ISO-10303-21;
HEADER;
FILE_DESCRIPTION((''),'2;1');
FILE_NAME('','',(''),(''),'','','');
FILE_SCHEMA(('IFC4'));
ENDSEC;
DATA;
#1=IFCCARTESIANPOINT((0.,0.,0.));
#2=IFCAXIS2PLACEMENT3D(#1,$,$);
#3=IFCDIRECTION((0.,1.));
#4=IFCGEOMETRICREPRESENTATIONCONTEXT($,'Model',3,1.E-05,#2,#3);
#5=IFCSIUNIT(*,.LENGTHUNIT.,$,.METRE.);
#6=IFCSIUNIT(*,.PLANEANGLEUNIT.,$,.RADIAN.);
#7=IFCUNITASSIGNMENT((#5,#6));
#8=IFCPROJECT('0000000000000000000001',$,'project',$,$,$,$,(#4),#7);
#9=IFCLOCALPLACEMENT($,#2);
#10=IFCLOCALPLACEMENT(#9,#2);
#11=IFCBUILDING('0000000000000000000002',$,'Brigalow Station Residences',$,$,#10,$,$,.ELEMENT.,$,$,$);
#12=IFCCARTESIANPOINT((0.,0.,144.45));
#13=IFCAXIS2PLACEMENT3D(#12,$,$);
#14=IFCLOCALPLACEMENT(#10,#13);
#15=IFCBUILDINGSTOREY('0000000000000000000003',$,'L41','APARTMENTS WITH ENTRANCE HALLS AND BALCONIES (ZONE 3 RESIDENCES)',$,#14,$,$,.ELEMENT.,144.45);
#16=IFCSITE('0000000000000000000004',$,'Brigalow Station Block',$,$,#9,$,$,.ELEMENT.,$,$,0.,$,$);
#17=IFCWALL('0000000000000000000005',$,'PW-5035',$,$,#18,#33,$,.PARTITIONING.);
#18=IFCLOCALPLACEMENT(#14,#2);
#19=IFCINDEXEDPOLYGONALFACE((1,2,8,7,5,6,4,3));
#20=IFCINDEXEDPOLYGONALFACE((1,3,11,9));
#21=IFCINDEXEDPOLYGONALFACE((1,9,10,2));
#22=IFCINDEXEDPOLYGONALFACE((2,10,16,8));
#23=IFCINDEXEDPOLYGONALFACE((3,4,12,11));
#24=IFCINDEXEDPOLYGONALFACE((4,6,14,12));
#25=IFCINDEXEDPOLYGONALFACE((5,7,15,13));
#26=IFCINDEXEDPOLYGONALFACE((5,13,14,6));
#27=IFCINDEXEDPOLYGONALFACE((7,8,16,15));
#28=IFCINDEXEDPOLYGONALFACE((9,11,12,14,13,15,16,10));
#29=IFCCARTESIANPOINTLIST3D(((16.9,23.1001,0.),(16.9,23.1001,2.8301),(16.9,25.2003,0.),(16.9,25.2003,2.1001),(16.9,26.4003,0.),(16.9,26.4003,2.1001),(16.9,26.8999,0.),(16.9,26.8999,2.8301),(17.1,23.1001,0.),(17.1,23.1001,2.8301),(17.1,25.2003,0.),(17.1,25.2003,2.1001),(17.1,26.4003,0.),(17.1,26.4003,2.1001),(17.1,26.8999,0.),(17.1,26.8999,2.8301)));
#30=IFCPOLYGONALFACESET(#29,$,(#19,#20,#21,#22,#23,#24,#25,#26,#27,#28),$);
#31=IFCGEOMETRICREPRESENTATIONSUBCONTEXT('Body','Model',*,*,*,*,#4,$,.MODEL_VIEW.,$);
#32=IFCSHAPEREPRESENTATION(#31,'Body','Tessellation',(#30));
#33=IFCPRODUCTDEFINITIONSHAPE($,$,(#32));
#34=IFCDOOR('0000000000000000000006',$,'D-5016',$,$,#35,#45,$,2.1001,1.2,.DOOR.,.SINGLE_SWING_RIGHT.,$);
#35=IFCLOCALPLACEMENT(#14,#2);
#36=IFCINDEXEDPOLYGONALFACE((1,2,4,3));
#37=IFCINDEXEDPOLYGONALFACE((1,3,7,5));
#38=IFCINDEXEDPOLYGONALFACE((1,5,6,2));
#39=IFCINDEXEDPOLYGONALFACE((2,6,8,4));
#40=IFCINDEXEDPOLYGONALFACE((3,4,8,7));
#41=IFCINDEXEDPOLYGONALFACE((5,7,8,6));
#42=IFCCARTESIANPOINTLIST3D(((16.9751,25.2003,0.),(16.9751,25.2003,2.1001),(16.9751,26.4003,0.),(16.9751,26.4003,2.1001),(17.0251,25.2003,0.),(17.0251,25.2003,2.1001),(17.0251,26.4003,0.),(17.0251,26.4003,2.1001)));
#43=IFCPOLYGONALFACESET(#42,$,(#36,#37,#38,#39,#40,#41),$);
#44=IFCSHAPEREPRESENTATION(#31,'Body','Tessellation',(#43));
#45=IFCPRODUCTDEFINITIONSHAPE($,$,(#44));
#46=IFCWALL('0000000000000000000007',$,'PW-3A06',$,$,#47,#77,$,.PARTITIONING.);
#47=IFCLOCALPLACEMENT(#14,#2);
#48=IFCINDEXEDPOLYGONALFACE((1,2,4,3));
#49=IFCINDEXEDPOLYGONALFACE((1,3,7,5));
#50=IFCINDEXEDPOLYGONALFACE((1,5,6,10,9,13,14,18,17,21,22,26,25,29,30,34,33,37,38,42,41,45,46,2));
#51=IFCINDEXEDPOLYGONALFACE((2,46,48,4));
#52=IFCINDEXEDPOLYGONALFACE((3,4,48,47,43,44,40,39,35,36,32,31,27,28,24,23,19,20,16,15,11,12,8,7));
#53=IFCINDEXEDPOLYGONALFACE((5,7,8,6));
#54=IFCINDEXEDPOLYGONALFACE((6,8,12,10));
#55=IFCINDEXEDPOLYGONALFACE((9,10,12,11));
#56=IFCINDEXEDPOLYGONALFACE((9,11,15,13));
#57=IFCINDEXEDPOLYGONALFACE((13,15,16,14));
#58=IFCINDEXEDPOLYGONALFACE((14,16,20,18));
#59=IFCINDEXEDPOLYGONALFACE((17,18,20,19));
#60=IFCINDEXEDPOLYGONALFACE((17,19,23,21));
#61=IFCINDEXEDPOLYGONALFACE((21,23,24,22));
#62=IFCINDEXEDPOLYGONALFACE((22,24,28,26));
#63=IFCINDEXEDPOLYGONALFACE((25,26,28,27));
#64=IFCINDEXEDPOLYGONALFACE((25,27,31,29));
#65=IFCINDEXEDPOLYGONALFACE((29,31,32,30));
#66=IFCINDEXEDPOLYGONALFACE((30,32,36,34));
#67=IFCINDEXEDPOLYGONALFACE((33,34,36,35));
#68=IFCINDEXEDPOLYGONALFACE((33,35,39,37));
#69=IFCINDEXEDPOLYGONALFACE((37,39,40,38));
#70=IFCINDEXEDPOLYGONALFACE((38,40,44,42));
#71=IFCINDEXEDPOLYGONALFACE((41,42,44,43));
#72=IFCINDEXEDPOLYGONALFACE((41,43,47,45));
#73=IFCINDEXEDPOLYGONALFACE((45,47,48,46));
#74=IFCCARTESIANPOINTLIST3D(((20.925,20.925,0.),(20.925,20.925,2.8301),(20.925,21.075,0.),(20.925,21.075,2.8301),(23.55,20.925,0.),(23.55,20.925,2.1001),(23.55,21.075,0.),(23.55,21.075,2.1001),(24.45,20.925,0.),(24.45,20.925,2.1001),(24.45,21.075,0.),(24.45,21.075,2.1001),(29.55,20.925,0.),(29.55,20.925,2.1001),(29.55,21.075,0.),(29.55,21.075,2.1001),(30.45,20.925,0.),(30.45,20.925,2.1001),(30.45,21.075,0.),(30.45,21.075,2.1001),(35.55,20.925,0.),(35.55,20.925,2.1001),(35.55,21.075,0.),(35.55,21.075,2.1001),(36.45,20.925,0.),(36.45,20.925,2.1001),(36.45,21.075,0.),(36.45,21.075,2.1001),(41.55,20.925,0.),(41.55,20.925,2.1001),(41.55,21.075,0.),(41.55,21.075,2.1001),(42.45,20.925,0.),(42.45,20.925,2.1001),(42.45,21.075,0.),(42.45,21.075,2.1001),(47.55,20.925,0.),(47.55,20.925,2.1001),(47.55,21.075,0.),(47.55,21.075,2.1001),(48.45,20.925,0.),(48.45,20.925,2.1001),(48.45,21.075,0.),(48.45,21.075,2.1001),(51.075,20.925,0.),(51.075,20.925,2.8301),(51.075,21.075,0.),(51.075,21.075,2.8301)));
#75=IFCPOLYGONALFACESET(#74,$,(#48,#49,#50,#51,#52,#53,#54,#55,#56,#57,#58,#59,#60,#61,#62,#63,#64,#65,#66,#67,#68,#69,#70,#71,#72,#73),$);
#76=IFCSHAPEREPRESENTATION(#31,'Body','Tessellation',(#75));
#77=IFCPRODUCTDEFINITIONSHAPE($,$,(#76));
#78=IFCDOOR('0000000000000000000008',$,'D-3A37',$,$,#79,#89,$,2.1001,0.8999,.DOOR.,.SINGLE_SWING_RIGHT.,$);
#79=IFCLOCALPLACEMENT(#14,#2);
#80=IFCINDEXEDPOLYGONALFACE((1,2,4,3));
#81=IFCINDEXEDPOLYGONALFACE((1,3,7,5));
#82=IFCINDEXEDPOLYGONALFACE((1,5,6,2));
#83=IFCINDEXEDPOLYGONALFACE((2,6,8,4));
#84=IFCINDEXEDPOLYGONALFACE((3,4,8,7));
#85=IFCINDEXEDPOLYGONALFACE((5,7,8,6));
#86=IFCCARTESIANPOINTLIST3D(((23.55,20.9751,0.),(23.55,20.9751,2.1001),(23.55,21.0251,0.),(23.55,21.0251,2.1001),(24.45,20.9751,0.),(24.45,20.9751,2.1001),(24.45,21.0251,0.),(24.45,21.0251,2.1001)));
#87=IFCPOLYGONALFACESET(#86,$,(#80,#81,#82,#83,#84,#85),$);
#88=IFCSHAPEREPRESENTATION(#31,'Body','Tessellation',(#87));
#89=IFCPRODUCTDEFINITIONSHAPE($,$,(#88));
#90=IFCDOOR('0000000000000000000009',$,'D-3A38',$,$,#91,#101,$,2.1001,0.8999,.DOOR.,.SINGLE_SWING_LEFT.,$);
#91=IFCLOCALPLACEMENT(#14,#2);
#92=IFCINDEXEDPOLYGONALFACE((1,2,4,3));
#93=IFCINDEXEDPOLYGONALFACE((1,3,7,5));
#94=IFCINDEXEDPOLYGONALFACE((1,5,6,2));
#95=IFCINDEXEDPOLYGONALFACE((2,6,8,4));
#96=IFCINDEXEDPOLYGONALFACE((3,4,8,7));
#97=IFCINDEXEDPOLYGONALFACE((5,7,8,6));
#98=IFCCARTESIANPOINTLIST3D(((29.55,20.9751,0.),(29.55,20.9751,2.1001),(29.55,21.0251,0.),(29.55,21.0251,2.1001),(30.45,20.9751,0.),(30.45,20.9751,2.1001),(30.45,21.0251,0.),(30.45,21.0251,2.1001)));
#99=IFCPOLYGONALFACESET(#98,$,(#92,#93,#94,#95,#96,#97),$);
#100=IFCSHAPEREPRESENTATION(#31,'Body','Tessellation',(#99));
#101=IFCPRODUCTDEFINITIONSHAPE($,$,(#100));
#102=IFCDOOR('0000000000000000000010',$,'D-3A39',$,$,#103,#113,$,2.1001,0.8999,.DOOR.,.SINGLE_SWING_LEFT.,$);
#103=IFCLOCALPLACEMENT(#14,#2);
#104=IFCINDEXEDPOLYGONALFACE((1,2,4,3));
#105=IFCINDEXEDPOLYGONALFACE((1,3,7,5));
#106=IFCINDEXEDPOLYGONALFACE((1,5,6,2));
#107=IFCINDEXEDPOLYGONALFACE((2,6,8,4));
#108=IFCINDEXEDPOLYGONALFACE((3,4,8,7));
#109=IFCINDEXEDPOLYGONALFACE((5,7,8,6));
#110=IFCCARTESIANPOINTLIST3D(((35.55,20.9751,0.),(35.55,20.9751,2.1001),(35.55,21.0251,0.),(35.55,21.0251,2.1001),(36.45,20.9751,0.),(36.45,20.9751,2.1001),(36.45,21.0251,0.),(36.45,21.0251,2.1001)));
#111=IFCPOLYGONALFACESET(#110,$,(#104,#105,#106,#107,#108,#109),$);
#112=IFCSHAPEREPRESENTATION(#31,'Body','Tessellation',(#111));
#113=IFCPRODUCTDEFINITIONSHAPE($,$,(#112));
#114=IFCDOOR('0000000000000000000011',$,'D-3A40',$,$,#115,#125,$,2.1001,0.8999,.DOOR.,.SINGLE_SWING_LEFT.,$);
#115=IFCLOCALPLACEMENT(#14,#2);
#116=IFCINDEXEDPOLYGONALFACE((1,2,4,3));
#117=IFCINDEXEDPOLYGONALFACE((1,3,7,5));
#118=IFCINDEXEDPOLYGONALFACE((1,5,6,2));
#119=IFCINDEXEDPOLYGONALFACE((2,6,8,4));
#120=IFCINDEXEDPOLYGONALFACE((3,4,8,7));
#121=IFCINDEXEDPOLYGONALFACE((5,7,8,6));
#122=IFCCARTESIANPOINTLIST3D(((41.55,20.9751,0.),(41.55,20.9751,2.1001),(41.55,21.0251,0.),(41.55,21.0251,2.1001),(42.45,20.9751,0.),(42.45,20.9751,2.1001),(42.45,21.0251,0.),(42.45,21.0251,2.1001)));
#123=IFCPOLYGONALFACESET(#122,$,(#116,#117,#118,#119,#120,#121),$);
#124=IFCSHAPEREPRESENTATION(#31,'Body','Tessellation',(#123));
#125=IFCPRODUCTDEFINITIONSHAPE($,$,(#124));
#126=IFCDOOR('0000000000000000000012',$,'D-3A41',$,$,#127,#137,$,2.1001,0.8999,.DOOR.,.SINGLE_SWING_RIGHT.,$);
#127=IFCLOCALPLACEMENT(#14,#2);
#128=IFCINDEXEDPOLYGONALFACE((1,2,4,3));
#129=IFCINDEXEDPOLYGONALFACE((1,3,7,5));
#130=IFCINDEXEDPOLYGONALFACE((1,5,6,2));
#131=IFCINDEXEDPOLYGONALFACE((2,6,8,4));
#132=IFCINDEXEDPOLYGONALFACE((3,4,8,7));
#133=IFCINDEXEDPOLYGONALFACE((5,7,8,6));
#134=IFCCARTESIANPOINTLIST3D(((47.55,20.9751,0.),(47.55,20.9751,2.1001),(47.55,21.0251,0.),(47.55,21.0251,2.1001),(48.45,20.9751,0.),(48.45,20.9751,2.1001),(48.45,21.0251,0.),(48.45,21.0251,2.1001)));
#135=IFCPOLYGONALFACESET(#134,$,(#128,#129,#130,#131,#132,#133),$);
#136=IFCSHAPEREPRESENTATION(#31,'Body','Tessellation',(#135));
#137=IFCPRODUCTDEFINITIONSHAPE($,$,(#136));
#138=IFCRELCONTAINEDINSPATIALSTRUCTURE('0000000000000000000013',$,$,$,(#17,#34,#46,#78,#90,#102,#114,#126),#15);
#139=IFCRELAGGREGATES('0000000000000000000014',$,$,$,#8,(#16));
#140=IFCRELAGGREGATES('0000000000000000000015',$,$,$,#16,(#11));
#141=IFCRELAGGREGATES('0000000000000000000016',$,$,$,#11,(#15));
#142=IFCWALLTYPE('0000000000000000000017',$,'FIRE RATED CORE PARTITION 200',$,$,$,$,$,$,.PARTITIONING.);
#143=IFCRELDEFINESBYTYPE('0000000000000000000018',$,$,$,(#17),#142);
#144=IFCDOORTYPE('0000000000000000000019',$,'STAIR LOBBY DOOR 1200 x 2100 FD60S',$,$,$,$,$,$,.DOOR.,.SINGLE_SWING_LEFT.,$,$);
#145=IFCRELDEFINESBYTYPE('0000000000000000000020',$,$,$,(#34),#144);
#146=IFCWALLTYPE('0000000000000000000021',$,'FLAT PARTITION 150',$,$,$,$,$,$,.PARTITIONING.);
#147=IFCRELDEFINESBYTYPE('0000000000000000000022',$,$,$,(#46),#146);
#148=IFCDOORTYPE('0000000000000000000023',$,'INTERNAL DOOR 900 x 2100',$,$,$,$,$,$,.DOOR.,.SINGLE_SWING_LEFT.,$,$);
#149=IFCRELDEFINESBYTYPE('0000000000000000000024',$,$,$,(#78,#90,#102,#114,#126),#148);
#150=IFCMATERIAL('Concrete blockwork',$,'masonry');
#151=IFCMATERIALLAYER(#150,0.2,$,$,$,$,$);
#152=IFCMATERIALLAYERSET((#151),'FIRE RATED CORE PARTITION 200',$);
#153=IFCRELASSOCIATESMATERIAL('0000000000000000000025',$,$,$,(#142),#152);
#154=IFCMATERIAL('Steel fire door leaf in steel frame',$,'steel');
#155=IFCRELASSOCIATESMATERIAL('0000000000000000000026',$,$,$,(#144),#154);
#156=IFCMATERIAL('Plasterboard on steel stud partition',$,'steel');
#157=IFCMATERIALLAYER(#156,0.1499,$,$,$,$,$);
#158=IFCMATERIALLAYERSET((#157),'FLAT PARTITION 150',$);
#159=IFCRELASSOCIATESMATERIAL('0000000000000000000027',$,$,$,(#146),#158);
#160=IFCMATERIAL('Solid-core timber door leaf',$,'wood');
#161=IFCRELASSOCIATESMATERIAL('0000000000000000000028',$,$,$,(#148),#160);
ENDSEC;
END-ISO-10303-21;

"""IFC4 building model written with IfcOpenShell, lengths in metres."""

from ifc_helpers import new_model, si_unit, direction, frame, frame_2d, origin, place, context, subcontext, project, spatial, rectangle, extrude, material, layer, layer_set, type_object, element, fill, save


model = new_model("IFC4")

# Units and contexts
model_context = context("Model", 3, precision=1e-05, world=origin(), true_north=direction((0.0, 1.0)))
body_context = subcontext(model_context, "Body", "Model", "MODEL_VIEW")
ifc_project = project(units=[si_unit("LENGTHUNIT", "METRE"), si_unit("PLANEANGLEUNIT", "RADIAN")], contexts=[model_context])

# Site, building, storey
site_placement = place(None, origin())
site = spatial("IfcSite", under=ifc_project, at=site_placement, Name="Brigalow Station Block", CompositionType="ELEMENT", RefElevation=0.0)
building_placement = place(site_placement, origin())
building = spatial("IfcBuilding", under=site, at=building_placement, Name="Brigalow Station Residences", CompositionType="ELEMENT")
storey_placement = place(building_placement, frame((0.0, 0.0, 144.45)))
storey = spatial("IfcBuildingStorey", under=building, at=storey_placement, Name="L41", Description="APARTMENTS WITH ENTRANCE HALLS AND BALCONIES (ZONE 3 RESIDENCES)", CompositionType="ELEMENT", Elevation=144.45)

# Shared definitions
ifc_material_1 = material(Name="Concrete blockwork", Category="masonry")
ifc_layer_1 = layer(ifc_material_1, 0.2)
ifc_layer_set_1 = layer_set([ifc_layer_1], Name="FIRE RATED CORE PARTITION 200")
wall_type_1 = type_object("IfcWallType", Name="FIRE RATED CORE PARTITION 200", PredefinedType="PARTITIONING", material=ifc_layer_set_1)

# Wall, opening, door
wall_1_placement = place(storey_placement, frame((17.0, 23.1001, 0.0), z_axis=(0.0, 0.0, 1.0), x_axis=(0.0, 1.0, 0.0)))
wall_1 = element("IfcWall", 1, at=wall_1_placement, inside=storey, type_object=wall_type_1, Name="PW-5035", PredefinedType="PARTITIONING", context=body_context, shape_type="SweptSolid", body=[
    extrude(rectangle(XDim=3.7998, YDim=0.2, at=frame_2d((1.8999, 0.0))), origin(), (0.0, 0.0, 1.0), 2.8301),
])
opening_1_placement = place(wall_1_placement, frame((2.1001, 0.0, 0.0)))
opening_1 = element("IfcOpeningElement", 2, at=opening_1_placement, cuts=wall_1, PredefinedType="OPENING", context=body_context, shape_type="SweptSolid", body=[
    extrude(rectangle(XDim=1.2, YDim=2.1001, at=frame_2d((0.6001, 1.05))), frame((0.0, 0.1099, 0.0), z_axis=(0.0, -1.0, 0.0), x_axis=(1.0, 0.0, 0.0)), (0.0, 0.0, 1.0), 0.22),
])
ifc_material_2 = material(Name="Steel fire door leaf in steel frame", Category="steel")
door_type_1 = type_object("IfcDoorType", Name="STAIR LOBBY DOOR 1200 x 2100 FD60S", OperationType="SINGLE_SWING_LEFT", PredefinedType="DOOR", material=ifc_material_2)
door_1_placement = place(opening_1_placement, origin())
door_1 = element("IfcDoor", 3, at=door_1_placement, inside=storey, type_object=door_type_1, Name="D-5016", OperationType="SINGLE_SWING_RIGHT", OverallHeight=2.1001, OverallWidth=1.2, PredefinedType="DOOR", context=body_context, shape_type="SweptSolid", body=[
    extrude(rectangle(XDim=1.2, YDim=2.1001, at=frame_2d((0.6001, 1.05))), frame((0.0, 0.0249, 0.0), z_axis=(0.0, -1.0, 0.0), x_axis=(1.0, 0.0, 0.0)), (0.0, 0.0, 1.0), 0.05),
])
fill(opening_1, door_1)

# Wall, openings, doors
ifc_material_3 = material(Name="Plasterboard on steel stud partition", Category="steel")
ifc_layer_2 = layer(ifc_material_3, 0.1499)
ifc_layer_set_2 = layer_set([ifc_layer_2], Name="FLAT PARTITION 150")
wall_type_2 = type_object("IfcWallType", Name="FLAT PARTITION 150", PredefinedType="PARTITIONING", material=ifc_layer_set_2)
wall_2_placement = place(storey_placement, frame((20.925, 21.0, 0.0), z_axis=(0.0, 0.0, 1.0), x_axis=(1.0, 0.0, 0.0)))
wall_2 = element("IfcWall", 4, at=wall_2_placement, inside=storey, type_object=wall_type_2, Name="PW-3A06", PredefinedType="PARTITIONING", context=body_context, shape_type="SweptSolid", body=[
    extrude(rectangle(XDim=30.1499, YDim=0.1499, at=frame_2d((15.075, 0.0))), origin(), (0.0, 0.0, 1.0), 2.8301),
])
opening_2_placement = place(wall_2_placement, frame((2.625, 0.0, 0.0)))
opening_2 = element("IfcOpeningElement", 5, at=opening_2_placement, cuts=wall_2, PredefinedType="OPENING", context=body_context, shape_type="SweptSolid", body=[
    extrude(rectangle(XDim=0.8999, YDim=2.1001, at=frame_2d((0.45, 1.05))), frame((0.0, 0.085, 0.0), z_axis=(0.0, -1.0, 0.0), x_axis=(1.0, 0.0, 0.0)), (0.0, 0.0, 1.0), 0.1699),
])
opening_3_placement = place(wall_2_placement, frame((8.625, 0.0, 0.0)))
opening_3 = element("IfcOpeningElement", 6, at=opening_3_placement, cuts=wall_2, PredefinedType="OPENING", context=body_context, shape_type="SweptSolid", body=[
    extrude(rectangle(XDim=0.8999, YDim=2.1001, at=frame_2d((0.45, 1.05))), frame((0.0, 0.085, 0.0), z_axis=(0.0, -1.0, 0.0), x_axis=(1.0, 0.0, 0.0)), (0.0, 0.0, 1.0), 0.1699),
])
opening_4_placement = place(wall_2_placement, frame((14.625, 0.0, 0.0)))
opening_4 = element("IfcOpeningElement", 7, at=opening_4_placement, cuts=wall_2, PredefinedType="OPENING", context=body_context, shape_type="SweptSolid", body=[
    extrude(rectangle(XDim=0.8999, YDim=2.1001, at=frame_2d((0.45, 1.05))), frame((0.0, 0.085, 0.0), z_axis=(0.0, -1.0, 0.0), x_axis=(1.0, 0.0, 0.0)), (0.0, 0.0, 1.0), 0.1699),
])
opening_5_placement = place(wall_2_placement, frame((20.625, 0.0, 0.0)))
opening_5 = element("IfcOpeningElement", 8, at=opening_5_placement, cuts=wall_2, PredefinedType="OPENING", context=body_context, shape_type="SweptSolid", body=[
    extrude(rectangle(XDim=0.8999, YDim=2.1001, at=frame_2d((0.45, 1.05))), frame((0.0, 0.085, 0.0), z_axis=(0.0, -1.0, 0.0), x_axis=(1.0, 0.0, 0.0)), (0.0, 0.0, 1.0), 0.1699),
])
opening_6_placement = place(wall_2_placement, frame((26.625, 0.0, 0.0)))
opening_6 = element("IfcOpeningElement", 9, at=opening_6_placement, cuts=wall_2, PredefinedType="OPENING", context=body_context, shape_type="SweptSolid", body=[
    extrude(rectangle(XDim=0.8999, YDim=2.1001, at=frame_2d((0.45, 1.05))), frame((0.0, 0.085, 0.0), z_axis=(0.0, -1.0, 0.0), x_axis=(1.0, 0.0, 0.0)), (0.0, 0.0, 1.0), 0.1699),
])
ifc_material_4 = material(Name="Solid-core timber door leaf", Category="wood")
door_type_2 = type_object("IfcDoorType", Name="INTERNAL DOOR 900 x 2100", OperationType="SINGLE_SWING_LEFT", PredefinedType="DOOR", material=ifc_material_4)
door_2_placement = place(opening_2_placement, frame((0.8999, 0.0, 0.0), z_axis=(0.0, 0.0, 1.0), x_axis=(-1.0, 0.0, 0.0)))
door_2 = element("IfcDoor", 10, at=door_2_placement, inside=storey, type_object=door_type_2, Name="D-3A37", OperationType="SINGLE_SWING_RIGHT", OverallHeight=2.1001, OverallWidth=0.8999, PredefinedType="DOOR", context=body_context, shape_type="SweptSolid", body=[
    extrude(rectangle(XDim=0.8999, YDim=2.1001, at=frame_2d((0.45, 1.05))), frame((0.0, 0.0249, 0.0), z_axis=(0.0, -1.0, 0.0), x_axis=(1.0, 0.0, 0.0)), (0.0, 0.0, 1.0), 0.05),
])
fill(opening_2, door_2)
door_3_placement = place(opening_3_placement, frame((0.8999, 0.0, 0.0), z_axis=(0.0, 0.0, 1.0), x_axis=(-1.0, 0.0, 0.0)))
door_3 = element("IfcDoor", 11, at=door_3_placement, inside=storey, type_object=door_type_2, Name="D-3A38", OperationType="SINGLE_SWING_LEFT", OverallHeight=2.1001, OverallWidth=0.8999, PredefinedType="DOOR", context=body_context, shape_type="SweptSolid", body=[
    extrude(rectangle(XDim=0.8999, YDim=2.1001, at=frame_2d((0.45, 1.05))), frame((0.0, 0.0249, 0.0), z_axis=(0.0, -1.0, 0.0), x_axis=(1.0, 0.0, 0.0)), (0.0, 0.0, 1.0), 0.05),
])
fill(opening_3, door_3)
door_4_placement = place(opening_4_placement, frame((0.8999, 0.0, 0.0), z_axis=(0.0, 0.0, 1.0), x_axis=(-1.0, 0.0, 0.0)))
door_4 = element("IfcDoor", 12, at=door_4_placement, inside=storey, type_object=door_type_2, Name="D-3A39", OperationType="SINGLE_SWING_LEFT", OverallHeight=2.1001, OverallWidth=0.8999, PredefinedType="DOOR", context=body_context, shape_type="SweptSolid", body=[
    extrude(rectangle(XDim=0.8999, YDim=2.1001, at=frame_2d((0.45, 1.05))), frame((0.0, 0.0249, 0.0), z_axis=(0.0, -1.0, 0.0), x_axis=(1.0, 0.0, 0.0)), (0.0, 0.0, 1.0), 0.05),
])
fill(opening_4, door_4)
door_5_placement = place(opening_5_placement, frame((0.8999, 0.0, 0.0), z_axis=(0.0, 0.0, 1.0), x_axis=(-1.0, 0.0, 0.0)))
door_5 = element("IfcDoor", 13, at=door_5_placement, inside=storey, type_object=door_type_2, Name="D-3A40", OperationType="SINGLE_SWING_LEFT", OverallHeight=2.1001, OverallWidth=0.8999, PredefinedType="DOOR", context=body_context, shape_type="SweptSolid", body=[
    extrude(rectangle(XDim=0.8999, YDim=2.1001, at=frame_2d((0.45, 1.05))), frame((0.0, 0.0249, 0.0), z_axis=(0.0, -1.0, 0.0), x_axis=(1.0, 0.0, 0.0)), (0.0, 0.0, 1.0), 0.05),
])
fill(opening_5, door_5)
door_6_placement = place(opening_6_placement, frame((0.8999, 0.0, 0.0), z_axis=(0.0, 0.0, 1.0), x_axis=(-1.0, 0.0, 0.0)))
door_6 = element("IfcDoor", 14, at=door_6_placement, inside=storey, type_object=door_type_2, Name="D-3A41", OperationType="SINGLE_SWING_RIGHT", OverallHeight=2.1001, OverallWidth=0.8999, PredefinedType="DOOR", context=body_context, shape_type="SweptSolid", body=[
    extrude(rectangle(XDim=0.8999, YDim=2.1001, at=frame_2d((0.45, 1.05))), frame((0.0, 0.0249, 0.0), z_axis=(0.0, -1.0, 0.0), x_axis=(1.0, 0.0, 0.0)), (0.0, 0.0, 1.0), 0.05),
])
fill(opening_6, door_6)

save(model, "model.ifc")
